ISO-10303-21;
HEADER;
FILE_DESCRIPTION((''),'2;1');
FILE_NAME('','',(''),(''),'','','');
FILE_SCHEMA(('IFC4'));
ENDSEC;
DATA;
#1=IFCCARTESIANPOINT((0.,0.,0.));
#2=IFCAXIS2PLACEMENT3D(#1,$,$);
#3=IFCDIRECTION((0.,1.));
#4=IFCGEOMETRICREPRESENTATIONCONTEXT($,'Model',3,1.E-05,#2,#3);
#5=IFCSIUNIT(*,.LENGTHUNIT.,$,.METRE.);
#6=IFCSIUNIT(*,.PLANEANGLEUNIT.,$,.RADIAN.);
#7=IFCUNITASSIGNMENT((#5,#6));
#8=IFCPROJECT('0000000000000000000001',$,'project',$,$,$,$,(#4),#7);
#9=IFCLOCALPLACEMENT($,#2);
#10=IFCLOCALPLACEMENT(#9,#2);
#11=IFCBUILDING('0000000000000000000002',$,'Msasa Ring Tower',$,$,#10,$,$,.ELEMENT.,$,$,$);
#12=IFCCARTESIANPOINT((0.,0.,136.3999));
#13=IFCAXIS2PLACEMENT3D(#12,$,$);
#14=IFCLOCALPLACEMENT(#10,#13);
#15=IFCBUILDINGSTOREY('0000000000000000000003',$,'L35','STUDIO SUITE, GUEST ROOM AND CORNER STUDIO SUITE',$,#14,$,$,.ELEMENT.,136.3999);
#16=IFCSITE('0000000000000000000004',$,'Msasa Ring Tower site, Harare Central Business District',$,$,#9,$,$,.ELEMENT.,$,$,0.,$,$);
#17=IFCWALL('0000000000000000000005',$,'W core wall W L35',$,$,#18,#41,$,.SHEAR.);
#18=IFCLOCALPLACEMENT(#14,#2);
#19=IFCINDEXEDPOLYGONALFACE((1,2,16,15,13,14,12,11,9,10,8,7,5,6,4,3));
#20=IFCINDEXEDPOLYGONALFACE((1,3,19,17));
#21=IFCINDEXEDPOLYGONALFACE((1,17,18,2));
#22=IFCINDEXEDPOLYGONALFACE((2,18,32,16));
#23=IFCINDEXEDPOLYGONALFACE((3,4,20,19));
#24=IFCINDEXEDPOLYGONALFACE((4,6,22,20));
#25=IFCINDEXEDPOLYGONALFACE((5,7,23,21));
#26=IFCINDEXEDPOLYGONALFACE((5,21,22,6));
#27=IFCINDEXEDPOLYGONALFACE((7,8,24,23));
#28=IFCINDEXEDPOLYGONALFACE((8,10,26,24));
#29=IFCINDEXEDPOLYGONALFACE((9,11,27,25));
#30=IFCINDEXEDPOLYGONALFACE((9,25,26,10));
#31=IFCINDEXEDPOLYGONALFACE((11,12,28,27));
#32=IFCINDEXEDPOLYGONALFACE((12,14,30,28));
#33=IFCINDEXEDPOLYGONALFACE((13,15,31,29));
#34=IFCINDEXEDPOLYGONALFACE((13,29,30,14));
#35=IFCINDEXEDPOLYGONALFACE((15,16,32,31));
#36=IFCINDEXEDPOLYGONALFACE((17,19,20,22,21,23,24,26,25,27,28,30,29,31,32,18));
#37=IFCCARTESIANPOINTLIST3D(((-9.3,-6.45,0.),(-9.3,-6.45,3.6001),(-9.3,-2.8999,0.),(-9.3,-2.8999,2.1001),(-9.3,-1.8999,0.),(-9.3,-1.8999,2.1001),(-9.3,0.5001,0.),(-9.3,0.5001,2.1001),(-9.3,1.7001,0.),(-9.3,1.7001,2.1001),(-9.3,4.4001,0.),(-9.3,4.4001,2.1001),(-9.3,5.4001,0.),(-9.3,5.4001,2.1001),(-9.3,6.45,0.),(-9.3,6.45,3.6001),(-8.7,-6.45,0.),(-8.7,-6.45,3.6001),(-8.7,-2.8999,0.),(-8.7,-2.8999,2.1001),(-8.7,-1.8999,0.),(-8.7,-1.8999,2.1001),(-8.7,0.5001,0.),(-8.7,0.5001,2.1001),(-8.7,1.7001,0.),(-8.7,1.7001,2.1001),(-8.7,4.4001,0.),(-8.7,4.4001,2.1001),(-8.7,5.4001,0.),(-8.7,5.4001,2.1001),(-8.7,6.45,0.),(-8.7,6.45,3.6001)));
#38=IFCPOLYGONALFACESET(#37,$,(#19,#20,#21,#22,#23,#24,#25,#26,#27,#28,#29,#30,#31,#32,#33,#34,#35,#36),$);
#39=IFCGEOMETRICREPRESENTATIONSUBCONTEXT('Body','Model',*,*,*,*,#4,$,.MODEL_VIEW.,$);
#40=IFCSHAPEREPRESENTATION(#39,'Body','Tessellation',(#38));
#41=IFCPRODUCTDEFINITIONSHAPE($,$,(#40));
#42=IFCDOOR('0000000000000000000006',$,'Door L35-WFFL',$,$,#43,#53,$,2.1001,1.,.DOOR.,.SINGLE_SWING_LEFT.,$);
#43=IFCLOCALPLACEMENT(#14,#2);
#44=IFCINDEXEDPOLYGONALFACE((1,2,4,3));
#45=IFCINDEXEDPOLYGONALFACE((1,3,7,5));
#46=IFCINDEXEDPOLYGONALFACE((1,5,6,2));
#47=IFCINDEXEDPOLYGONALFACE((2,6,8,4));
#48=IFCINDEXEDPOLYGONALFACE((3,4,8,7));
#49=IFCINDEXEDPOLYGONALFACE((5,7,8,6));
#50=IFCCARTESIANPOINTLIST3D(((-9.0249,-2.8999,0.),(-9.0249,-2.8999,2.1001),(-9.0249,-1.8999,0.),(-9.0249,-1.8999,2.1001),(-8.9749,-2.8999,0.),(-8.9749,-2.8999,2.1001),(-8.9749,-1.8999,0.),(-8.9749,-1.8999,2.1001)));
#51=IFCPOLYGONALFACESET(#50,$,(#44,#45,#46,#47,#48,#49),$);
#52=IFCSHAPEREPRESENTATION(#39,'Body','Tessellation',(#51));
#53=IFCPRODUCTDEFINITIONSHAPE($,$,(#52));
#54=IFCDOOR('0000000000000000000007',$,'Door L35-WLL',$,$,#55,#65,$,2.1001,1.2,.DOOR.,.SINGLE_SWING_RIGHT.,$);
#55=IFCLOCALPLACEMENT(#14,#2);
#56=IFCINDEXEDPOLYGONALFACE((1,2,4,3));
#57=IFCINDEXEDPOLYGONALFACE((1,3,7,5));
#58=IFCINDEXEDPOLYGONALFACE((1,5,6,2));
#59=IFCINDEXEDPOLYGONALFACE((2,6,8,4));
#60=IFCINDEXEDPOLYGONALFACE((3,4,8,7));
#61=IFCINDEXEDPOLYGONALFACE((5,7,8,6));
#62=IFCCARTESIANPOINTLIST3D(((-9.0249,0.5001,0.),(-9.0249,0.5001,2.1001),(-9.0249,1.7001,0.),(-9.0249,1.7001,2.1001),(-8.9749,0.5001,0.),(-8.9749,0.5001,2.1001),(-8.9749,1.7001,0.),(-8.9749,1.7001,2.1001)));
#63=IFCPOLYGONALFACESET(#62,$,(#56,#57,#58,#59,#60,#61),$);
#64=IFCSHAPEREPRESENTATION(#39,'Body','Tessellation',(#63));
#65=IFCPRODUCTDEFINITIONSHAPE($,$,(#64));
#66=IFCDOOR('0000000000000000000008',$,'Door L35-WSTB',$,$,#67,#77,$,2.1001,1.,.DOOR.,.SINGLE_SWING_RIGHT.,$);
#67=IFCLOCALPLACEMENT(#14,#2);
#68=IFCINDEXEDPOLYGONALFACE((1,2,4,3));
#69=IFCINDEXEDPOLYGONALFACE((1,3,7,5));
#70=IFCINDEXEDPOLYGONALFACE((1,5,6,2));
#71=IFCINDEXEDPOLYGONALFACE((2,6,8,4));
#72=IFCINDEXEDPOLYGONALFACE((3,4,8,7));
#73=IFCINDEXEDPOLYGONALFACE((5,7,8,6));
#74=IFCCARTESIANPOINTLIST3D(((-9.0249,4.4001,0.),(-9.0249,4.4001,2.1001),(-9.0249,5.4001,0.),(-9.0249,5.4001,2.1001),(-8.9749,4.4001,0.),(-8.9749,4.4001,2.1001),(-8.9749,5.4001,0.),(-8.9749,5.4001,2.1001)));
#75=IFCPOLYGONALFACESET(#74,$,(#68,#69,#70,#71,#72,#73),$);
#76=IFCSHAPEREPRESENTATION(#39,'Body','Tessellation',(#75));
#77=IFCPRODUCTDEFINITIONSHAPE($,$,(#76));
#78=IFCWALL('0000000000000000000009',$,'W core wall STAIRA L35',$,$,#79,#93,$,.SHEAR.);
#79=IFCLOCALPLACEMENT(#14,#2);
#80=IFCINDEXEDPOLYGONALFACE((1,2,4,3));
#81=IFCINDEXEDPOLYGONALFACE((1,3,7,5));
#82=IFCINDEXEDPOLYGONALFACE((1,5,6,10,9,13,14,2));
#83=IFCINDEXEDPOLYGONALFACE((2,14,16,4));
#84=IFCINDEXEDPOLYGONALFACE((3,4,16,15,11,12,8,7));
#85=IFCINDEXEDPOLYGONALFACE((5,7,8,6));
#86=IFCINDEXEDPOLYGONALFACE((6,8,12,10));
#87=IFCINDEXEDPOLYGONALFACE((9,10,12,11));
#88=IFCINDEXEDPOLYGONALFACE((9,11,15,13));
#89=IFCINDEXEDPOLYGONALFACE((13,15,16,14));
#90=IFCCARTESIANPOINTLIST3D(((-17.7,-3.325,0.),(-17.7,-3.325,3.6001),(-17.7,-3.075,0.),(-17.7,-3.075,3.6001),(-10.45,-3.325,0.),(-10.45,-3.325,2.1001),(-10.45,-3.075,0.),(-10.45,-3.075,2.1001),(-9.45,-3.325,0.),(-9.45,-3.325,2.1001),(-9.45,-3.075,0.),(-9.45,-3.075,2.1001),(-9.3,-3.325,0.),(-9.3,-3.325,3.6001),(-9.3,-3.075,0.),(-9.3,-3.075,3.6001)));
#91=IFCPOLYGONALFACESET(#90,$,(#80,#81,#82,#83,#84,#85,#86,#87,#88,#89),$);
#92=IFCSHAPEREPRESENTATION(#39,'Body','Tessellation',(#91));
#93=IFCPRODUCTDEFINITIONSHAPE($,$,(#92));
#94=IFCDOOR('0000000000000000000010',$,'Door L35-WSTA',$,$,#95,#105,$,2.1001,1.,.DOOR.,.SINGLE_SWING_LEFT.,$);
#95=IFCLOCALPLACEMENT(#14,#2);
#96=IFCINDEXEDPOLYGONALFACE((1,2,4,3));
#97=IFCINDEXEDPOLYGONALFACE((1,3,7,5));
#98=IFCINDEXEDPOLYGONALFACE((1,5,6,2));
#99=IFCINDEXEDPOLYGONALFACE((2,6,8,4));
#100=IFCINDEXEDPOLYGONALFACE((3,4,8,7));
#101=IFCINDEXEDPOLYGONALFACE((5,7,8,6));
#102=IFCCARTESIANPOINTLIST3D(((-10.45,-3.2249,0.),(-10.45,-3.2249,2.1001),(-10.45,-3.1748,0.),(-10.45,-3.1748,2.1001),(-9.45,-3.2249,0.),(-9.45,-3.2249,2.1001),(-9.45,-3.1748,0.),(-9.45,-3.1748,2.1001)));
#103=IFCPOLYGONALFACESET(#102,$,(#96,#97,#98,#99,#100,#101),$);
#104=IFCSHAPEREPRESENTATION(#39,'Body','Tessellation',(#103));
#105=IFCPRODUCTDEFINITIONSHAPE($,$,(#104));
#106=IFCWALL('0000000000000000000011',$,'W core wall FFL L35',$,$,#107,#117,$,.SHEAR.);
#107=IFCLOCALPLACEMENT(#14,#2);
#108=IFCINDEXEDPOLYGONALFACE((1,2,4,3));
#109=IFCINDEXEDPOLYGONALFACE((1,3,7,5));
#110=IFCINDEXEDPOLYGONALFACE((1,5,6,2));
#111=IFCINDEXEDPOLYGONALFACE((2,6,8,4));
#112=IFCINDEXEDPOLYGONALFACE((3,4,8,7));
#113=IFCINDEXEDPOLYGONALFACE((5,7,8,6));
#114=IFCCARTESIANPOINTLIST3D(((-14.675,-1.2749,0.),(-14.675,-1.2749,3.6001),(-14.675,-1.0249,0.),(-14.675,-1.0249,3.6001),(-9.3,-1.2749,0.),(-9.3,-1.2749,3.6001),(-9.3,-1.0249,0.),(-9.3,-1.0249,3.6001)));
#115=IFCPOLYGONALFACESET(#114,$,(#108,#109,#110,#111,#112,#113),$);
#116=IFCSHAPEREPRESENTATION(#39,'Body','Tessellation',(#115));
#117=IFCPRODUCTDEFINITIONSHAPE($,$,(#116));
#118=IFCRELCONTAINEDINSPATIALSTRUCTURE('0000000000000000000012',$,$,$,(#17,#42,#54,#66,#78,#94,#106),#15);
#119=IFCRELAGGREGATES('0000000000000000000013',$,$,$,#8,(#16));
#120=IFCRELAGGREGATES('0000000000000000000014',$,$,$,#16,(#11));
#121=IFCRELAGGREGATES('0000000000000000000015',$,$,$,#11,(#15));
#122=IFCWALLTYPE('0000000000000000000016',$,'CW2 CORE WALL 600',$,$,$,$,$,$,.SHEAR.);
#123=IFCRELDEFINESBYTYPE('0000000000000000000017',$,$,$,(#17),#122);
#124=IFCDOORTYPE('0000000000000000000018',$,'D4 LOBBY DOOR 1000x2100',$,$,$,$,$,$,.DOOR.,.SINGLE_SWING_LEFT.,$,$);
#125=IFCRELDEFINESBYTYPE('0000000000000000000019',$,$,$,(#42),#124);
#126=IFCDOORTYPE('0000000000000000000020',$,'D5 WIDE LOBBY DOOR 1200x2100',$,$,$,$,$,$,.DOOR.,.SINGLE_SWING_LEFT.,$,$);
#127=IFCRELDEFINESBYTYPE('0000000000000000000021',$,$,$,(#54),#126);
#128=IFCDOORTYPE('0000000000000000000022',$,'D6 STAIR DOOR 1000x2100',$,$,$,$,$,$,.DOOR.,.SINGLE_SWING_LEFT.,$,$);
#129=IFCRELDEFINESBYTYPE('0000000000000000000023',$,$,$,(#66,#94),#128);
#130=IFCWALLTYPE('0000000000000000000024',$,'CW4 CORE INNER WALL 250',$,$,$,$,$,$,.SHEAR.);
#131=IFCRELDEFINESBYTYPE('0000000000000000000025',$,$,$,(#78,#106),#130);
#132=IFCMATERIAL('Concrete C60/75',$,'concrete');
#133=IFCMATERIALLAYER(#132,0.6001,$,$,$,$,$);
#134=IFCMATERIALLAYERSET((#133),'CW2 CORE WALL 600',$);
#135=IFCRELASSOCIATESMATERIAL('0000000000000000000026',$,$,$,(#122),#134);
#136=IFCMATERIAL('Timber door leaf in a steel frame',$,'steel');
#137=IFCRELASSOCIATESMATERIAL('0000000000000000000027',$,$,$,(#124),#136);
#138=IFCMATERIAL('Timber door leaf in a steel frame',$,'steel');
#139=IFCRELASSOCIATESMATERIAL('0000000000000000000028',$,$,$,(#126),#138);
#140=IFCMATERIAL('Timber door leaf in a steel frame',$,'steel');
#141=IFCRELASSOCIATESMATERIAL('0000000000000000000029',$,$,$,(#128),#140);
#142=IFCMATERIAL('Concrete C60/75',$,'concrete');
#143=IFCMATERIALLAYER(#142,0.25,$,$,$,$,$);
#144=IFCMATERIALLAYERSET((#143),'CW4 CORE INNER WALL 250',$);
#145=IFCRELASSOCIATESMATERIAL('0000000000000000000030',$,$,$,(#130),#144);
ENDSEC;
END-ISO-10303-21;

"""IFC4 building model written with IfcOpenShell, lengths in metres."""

from ifc_helpers import new_model, si_unit, direction, frame, frame_2d, origin, place, context, subcontext, project, spatial, rectangle, extrude, material, layer, layer_set, type_object, element, fill, save


model = new_model("IFC4")

# Units and contexts
model_context = context("Model", 3, precision=1e-05, world=origin(), true_north=direction((0.0, 1.0)))
body_context = subcontext(model_context, "Body", "Model", "MODEL_VIEW")
ifc_project = project(units=[si_unit("LENGTHUNIT", "METRE"), si_unit("PLANEANGLEUNIT", "RADIAN")], contexts=[model_context])

# Site, building, storey
site_placement = place(None, origin())
site = spatial("IfcSite", under=ifc_project, at=site_placement, Name="Msasa Ring Tower site, Harare Central Business District", CompositionType="ELEMENT", RefElevation=0.0)
building_placement = place(site_placement, origin())
building = spatial("IfcBuilding", under=site, at=building_placement, Name="Msasa Ring Tower", CompositionType="ELEMENT")
storey_placement = place(building_placement, frame((0.0, 0.0, 136.3999)))
storey = spatial("IfcBuildingStorey", under=building, at=storey_placement, Name="L35", Description="STUDIO SUITE, GUEST ROOM AND CORNER STUDIO SUITE", CompositionType="ELEMENT", Elevation=136.3999)

# Shared definitions
ifc_material_1 = material(Name="Concrete C60/75", Category="concrete")
ifc_layer_1 = layer(ifc_material_1, 0.6001)
ifc_layer_set_1 = layer_set([ifc_layer_1], Name="CW2 CORE WALL 600")
wall_type_1 = type_object("IfcWallType", Name="CW2 CORE WALL 600", PredefinedType="SHEAR", material=ifc_layer_set_1)

# Wall, openings, doors
wall_1_placement = place(storey_placement, frame((-9.0, -6.45, 0.0), z_axis=(0.0, 0.0, 1.0), x_axis=(0.0, 1.0, 0.0)))
wall_1 = element("IfcWall", 1, at=wall_1_placement, inside=storey, type_object=wall_type_1, Name="W core wall W L35", PredefinedType="SHEAR", context=body_context, shape_type="SweptSolid", body=[
    extrude(rectangle(XDim=12.8999, YDim=0.6001, at=frame_2d((6.45, 0.0))), origin(), (0.0, 0.0, 1.0), 3.6001),
])
opening_1_placement = place(wall_1_placement, frame((3.55, 0.0, 0.0)))
opening_1 = element("IfcOpeningElement", 2, at=opening_1_placement, cuts=wall_1, PredefinedType="OPENING", context=body_context, shape_type="SweptSolid", body=[
    extrude(rectangle(XDim=1.0, YDim=2.1001, at=frame_2d((0.5, 1.05))), frame((0.0, 0.3101, 0.0), z_axis=(0.0, -1.0, 0.0), x_axis=(1.0, 0.0, 0.0)), (0.0, 0.0, 1.0), 0.6201),
])
opening_2_placement = place(wall_1_placement, frame((6.95, 0.0, 0.0)))
opening_2 = element("IfcOpeningElement", 3, at=opening_2_placement, cuts=wall_1, PredefinedType="OPENING", context=body_context, shape_type="SweptSolid", body=[
    extrude(rectangle(XDim=1.2, YDim=2.1001, at=frame_2d((0.6001, 1.05))), frame((0.0, 0.3101, 0.0), z_axis=(0.0, -1.0, 0.0), x_axis=(1.0, 0.0, 0.0)), (0.0, 0.0, 1.0), 0.6201),
])
opening_3_placement = place(wall_1_placement, frame((10.8501, 0.0, 0.0)))
opening_3 = element("IfcOpeningElement", 4, at=opening_3_placement, cuts=wall_1, PredefinedType="OPENING", context=body_context, shape_type="SweptSolid", body=[
    extrude(rectangle(XDim=1.0, YDim=2.1001, at=frame_2d((0.5, 1.05))), frame((0.0, 0.3101, 0.0), z_axis=(0.0, -1.0, 0.0), x_axis=(1.0, 0.0, 0.0)), (0.0, 0.0, 1.0), 0.6201),
])
ifc_material_2 = material(Name="Timber door leaf in a steel frame", Category="steel")
door_type_1 = type_object("IfcDoorType", Name="D4 LOBBY DOOR 1000x2100", OperationType="SINGLE_SWING_LEFT", PredefinedType="DOOR", material=ifc_material_2)
door_1_placement = place(opening_1_placement, origin())
door_1 = element("IfcDoor", 5, at=door_1_placement, inside=storey, type_object=door_type_1, Name="Door L35-WFFL", OperationType="SINGLE_SWING_LEFT", OverallHeight=2.1001, OverallWidth=1.0, PredefinedType="DOOR", context=body_context, shape_type="SweptSolid", body=[
    extrude(rectangle(XDim=1.0, YDim=2.1001, at=frame_2d((0.5, 1.05))), frame((0.0, 0.0249, 0.0), z_axis=(0.0, -1.0, 0.0), x_axis=(1.0, 0.0, 0.0)), (0.0, 0.0, 1.0), 0.05),
])
fill(opening_1, door_1)
ifc_material_3 = material(Name="Timber door leaf in a steel frame", Category="steel")
door_type_2 = type_object("IfcDoorType", Name="D5 WIDE LOBBY DOOR 1200x2100", OperationType="SINGLE_SWING_LEFT", PredefinedType="DOOR", material=ifc_material_3)
door_2_placement = place(opening_2_placement, origin())
door_2 = element("IfcDoor", 6, at=door_2_placement, inside=storey, type_object=door_type_2, Name="Door L35-WLL", OperationType="SINGLE_SWING_RIGHT", OverallHeight=2.1001, OverallWidth=1.2, PredefinedType="DOOR", context=body_context, shape_type="SweptSolid", body=[
    extrude(rectangle(XDim=1.2, YDim=2.1001, at=frame_2d((0.6001, 1.05))), frame((0.0, 0.0249, 0.0), z_axis=(0.0, -1.0, 0.0), x_axis=(1.0, 0.0, 0.0)), (0.0, 0.0, 1.0), 0.05),
])
fill(opening_2, door_2)
ifc_material_4 = material(Name="Timber door leaf in a steel frame", Category="steel")
door_type_3 = type_object("IfcDoorType", Name="D6 STAIR DOOR 1000x2100", OperationType="SINGLE_SWING_LEFT", PredefinedType="DOOR", material=ifc_material_4)
door_3_placement = place(opening_3_placement, origin())
door_3 = element("IfcDoor", 7, at=door_3_placement, inside=storey, type_object=door_type_3, Name="Door L35-WSTB", OperationType="SINGLE_SWING_RIGHT", OverallHeight=2.1001, OverallWidth=1.0, PredefinedType="DOOR", context=body_context, shape_type="SweptSolid", body=[
    extrude(rectangle(XDim=1.0, YDim=2.1001, at=frame_2d((0.5, 1.05))), frame((0.0, 0.0249, 0.0), z_axis=(0.0, -1.0, 0.0), x_axis=(1.0, 0.0, 0.0)), (0.0, 0.0, 1.0), 0.05),
])
fill(opening_3, door_3)

# Wall, opening, door
ifc_material_5 = material(Name="Concrete C60/75", Category="concrete")
ifc_layer_2 = layer(ifc_material_5, 0.25)
ifc_layer_set_2 = layer_set([ifc_layer_2], Name="CW4 CORE INNER WALL 250")
wall_type_2 = type_object("IfcWallType", Name="CW4 CORE INNER WALL 250", PredefinedType="SHEAR", material=ifc_layer_set_2)
wall_2_placement = place(storey_placement, frame((-9.3, -3.2, 0.0), z_axis=(0.0, 0.0, 1.0), x_axis=(-1.0, 0.0, 0.0)))
wall_2 = element("IfcWall", 8, at=wall_2_placement, inside=storey, type_object=wall_type_2, Name="W core wall STAIRA L35", PredefinedType="SHEAR", context=body_context, shape_type="SweptSolid", body=[
    extrude(rectangle(XDim=8.3999, YDim=0.25, at=frame_2d((4.2, 0.0))), origin(), (0.0, 0.0, 1.0), 3.6001),
])
opening_4_placement = place(wall_2_placement, frame((0.1499, 0.0, 0.0)))
opening_4 = element("IfcOpeningElement", 9, at=opening_4_placement, cuts=wall_2, PredefinedType="OPENING", context=body_context, shape_type="SweptSolid", body=[
    extrude(rectangle(XDim=1.0, YDim=2.1001, at=frame_2d((0.5, 1.05))), frame((0.0, 0.135, 0.0), z_axis=(0.0, -1.0, 0.0), x_axis=(1.0, 0.0, 0.0)), (0.0, 0.0, 1.0), 0.27),
])
door_4_placement = place(opening_4_placement, origin())
door_4 = element("IfcDoor", 10, at=door_4_placement, inside=storey, type_object=door_type_3, Name="Door L35-WSTA", OperationType="SINGLE_SWING_LEFT", OverallHeight=2.1001, OverallWidth=1.0, PredefinedType="DOOR", context=body_context, shape_type="SweptSolid", body=[
    extrude(rectangle(XDim=1.0, YDim=2.1001, at=frame_2d((0.5, 1.05))), frame((0.0, 0.0249, 0.0), z_axis=(0.0, -1.0, 0.0), x_axis=(1.0, 0.0, 0.0)), (0.0, 0.0, 1.0), 0.05),
])
fill(opening_4, door_4)

# Wall
wall_3_placement = place(storey_placement, frame((-9.3, -1.1499, 0.0), z_axis=(0.0, 0.0, 1.0), x_axis=(-1.0, 0.0, 0.0)))
element("IfcWall", 11, at=wall_3_placement, inside=storey, type_object=wall_type_2, Name="W core wall FFL L35", PredefinedType="SHEAR", context=body_context, shape_type="SweptSolid", body=[
    extrude(rectangle(XDim=5.375, YDim=0.25, at=frame_2d((2.6875, 0.0))), origin(), (0.0, 0.0, 1.0), 3.6001),
])

save(model, "model.ifc")
